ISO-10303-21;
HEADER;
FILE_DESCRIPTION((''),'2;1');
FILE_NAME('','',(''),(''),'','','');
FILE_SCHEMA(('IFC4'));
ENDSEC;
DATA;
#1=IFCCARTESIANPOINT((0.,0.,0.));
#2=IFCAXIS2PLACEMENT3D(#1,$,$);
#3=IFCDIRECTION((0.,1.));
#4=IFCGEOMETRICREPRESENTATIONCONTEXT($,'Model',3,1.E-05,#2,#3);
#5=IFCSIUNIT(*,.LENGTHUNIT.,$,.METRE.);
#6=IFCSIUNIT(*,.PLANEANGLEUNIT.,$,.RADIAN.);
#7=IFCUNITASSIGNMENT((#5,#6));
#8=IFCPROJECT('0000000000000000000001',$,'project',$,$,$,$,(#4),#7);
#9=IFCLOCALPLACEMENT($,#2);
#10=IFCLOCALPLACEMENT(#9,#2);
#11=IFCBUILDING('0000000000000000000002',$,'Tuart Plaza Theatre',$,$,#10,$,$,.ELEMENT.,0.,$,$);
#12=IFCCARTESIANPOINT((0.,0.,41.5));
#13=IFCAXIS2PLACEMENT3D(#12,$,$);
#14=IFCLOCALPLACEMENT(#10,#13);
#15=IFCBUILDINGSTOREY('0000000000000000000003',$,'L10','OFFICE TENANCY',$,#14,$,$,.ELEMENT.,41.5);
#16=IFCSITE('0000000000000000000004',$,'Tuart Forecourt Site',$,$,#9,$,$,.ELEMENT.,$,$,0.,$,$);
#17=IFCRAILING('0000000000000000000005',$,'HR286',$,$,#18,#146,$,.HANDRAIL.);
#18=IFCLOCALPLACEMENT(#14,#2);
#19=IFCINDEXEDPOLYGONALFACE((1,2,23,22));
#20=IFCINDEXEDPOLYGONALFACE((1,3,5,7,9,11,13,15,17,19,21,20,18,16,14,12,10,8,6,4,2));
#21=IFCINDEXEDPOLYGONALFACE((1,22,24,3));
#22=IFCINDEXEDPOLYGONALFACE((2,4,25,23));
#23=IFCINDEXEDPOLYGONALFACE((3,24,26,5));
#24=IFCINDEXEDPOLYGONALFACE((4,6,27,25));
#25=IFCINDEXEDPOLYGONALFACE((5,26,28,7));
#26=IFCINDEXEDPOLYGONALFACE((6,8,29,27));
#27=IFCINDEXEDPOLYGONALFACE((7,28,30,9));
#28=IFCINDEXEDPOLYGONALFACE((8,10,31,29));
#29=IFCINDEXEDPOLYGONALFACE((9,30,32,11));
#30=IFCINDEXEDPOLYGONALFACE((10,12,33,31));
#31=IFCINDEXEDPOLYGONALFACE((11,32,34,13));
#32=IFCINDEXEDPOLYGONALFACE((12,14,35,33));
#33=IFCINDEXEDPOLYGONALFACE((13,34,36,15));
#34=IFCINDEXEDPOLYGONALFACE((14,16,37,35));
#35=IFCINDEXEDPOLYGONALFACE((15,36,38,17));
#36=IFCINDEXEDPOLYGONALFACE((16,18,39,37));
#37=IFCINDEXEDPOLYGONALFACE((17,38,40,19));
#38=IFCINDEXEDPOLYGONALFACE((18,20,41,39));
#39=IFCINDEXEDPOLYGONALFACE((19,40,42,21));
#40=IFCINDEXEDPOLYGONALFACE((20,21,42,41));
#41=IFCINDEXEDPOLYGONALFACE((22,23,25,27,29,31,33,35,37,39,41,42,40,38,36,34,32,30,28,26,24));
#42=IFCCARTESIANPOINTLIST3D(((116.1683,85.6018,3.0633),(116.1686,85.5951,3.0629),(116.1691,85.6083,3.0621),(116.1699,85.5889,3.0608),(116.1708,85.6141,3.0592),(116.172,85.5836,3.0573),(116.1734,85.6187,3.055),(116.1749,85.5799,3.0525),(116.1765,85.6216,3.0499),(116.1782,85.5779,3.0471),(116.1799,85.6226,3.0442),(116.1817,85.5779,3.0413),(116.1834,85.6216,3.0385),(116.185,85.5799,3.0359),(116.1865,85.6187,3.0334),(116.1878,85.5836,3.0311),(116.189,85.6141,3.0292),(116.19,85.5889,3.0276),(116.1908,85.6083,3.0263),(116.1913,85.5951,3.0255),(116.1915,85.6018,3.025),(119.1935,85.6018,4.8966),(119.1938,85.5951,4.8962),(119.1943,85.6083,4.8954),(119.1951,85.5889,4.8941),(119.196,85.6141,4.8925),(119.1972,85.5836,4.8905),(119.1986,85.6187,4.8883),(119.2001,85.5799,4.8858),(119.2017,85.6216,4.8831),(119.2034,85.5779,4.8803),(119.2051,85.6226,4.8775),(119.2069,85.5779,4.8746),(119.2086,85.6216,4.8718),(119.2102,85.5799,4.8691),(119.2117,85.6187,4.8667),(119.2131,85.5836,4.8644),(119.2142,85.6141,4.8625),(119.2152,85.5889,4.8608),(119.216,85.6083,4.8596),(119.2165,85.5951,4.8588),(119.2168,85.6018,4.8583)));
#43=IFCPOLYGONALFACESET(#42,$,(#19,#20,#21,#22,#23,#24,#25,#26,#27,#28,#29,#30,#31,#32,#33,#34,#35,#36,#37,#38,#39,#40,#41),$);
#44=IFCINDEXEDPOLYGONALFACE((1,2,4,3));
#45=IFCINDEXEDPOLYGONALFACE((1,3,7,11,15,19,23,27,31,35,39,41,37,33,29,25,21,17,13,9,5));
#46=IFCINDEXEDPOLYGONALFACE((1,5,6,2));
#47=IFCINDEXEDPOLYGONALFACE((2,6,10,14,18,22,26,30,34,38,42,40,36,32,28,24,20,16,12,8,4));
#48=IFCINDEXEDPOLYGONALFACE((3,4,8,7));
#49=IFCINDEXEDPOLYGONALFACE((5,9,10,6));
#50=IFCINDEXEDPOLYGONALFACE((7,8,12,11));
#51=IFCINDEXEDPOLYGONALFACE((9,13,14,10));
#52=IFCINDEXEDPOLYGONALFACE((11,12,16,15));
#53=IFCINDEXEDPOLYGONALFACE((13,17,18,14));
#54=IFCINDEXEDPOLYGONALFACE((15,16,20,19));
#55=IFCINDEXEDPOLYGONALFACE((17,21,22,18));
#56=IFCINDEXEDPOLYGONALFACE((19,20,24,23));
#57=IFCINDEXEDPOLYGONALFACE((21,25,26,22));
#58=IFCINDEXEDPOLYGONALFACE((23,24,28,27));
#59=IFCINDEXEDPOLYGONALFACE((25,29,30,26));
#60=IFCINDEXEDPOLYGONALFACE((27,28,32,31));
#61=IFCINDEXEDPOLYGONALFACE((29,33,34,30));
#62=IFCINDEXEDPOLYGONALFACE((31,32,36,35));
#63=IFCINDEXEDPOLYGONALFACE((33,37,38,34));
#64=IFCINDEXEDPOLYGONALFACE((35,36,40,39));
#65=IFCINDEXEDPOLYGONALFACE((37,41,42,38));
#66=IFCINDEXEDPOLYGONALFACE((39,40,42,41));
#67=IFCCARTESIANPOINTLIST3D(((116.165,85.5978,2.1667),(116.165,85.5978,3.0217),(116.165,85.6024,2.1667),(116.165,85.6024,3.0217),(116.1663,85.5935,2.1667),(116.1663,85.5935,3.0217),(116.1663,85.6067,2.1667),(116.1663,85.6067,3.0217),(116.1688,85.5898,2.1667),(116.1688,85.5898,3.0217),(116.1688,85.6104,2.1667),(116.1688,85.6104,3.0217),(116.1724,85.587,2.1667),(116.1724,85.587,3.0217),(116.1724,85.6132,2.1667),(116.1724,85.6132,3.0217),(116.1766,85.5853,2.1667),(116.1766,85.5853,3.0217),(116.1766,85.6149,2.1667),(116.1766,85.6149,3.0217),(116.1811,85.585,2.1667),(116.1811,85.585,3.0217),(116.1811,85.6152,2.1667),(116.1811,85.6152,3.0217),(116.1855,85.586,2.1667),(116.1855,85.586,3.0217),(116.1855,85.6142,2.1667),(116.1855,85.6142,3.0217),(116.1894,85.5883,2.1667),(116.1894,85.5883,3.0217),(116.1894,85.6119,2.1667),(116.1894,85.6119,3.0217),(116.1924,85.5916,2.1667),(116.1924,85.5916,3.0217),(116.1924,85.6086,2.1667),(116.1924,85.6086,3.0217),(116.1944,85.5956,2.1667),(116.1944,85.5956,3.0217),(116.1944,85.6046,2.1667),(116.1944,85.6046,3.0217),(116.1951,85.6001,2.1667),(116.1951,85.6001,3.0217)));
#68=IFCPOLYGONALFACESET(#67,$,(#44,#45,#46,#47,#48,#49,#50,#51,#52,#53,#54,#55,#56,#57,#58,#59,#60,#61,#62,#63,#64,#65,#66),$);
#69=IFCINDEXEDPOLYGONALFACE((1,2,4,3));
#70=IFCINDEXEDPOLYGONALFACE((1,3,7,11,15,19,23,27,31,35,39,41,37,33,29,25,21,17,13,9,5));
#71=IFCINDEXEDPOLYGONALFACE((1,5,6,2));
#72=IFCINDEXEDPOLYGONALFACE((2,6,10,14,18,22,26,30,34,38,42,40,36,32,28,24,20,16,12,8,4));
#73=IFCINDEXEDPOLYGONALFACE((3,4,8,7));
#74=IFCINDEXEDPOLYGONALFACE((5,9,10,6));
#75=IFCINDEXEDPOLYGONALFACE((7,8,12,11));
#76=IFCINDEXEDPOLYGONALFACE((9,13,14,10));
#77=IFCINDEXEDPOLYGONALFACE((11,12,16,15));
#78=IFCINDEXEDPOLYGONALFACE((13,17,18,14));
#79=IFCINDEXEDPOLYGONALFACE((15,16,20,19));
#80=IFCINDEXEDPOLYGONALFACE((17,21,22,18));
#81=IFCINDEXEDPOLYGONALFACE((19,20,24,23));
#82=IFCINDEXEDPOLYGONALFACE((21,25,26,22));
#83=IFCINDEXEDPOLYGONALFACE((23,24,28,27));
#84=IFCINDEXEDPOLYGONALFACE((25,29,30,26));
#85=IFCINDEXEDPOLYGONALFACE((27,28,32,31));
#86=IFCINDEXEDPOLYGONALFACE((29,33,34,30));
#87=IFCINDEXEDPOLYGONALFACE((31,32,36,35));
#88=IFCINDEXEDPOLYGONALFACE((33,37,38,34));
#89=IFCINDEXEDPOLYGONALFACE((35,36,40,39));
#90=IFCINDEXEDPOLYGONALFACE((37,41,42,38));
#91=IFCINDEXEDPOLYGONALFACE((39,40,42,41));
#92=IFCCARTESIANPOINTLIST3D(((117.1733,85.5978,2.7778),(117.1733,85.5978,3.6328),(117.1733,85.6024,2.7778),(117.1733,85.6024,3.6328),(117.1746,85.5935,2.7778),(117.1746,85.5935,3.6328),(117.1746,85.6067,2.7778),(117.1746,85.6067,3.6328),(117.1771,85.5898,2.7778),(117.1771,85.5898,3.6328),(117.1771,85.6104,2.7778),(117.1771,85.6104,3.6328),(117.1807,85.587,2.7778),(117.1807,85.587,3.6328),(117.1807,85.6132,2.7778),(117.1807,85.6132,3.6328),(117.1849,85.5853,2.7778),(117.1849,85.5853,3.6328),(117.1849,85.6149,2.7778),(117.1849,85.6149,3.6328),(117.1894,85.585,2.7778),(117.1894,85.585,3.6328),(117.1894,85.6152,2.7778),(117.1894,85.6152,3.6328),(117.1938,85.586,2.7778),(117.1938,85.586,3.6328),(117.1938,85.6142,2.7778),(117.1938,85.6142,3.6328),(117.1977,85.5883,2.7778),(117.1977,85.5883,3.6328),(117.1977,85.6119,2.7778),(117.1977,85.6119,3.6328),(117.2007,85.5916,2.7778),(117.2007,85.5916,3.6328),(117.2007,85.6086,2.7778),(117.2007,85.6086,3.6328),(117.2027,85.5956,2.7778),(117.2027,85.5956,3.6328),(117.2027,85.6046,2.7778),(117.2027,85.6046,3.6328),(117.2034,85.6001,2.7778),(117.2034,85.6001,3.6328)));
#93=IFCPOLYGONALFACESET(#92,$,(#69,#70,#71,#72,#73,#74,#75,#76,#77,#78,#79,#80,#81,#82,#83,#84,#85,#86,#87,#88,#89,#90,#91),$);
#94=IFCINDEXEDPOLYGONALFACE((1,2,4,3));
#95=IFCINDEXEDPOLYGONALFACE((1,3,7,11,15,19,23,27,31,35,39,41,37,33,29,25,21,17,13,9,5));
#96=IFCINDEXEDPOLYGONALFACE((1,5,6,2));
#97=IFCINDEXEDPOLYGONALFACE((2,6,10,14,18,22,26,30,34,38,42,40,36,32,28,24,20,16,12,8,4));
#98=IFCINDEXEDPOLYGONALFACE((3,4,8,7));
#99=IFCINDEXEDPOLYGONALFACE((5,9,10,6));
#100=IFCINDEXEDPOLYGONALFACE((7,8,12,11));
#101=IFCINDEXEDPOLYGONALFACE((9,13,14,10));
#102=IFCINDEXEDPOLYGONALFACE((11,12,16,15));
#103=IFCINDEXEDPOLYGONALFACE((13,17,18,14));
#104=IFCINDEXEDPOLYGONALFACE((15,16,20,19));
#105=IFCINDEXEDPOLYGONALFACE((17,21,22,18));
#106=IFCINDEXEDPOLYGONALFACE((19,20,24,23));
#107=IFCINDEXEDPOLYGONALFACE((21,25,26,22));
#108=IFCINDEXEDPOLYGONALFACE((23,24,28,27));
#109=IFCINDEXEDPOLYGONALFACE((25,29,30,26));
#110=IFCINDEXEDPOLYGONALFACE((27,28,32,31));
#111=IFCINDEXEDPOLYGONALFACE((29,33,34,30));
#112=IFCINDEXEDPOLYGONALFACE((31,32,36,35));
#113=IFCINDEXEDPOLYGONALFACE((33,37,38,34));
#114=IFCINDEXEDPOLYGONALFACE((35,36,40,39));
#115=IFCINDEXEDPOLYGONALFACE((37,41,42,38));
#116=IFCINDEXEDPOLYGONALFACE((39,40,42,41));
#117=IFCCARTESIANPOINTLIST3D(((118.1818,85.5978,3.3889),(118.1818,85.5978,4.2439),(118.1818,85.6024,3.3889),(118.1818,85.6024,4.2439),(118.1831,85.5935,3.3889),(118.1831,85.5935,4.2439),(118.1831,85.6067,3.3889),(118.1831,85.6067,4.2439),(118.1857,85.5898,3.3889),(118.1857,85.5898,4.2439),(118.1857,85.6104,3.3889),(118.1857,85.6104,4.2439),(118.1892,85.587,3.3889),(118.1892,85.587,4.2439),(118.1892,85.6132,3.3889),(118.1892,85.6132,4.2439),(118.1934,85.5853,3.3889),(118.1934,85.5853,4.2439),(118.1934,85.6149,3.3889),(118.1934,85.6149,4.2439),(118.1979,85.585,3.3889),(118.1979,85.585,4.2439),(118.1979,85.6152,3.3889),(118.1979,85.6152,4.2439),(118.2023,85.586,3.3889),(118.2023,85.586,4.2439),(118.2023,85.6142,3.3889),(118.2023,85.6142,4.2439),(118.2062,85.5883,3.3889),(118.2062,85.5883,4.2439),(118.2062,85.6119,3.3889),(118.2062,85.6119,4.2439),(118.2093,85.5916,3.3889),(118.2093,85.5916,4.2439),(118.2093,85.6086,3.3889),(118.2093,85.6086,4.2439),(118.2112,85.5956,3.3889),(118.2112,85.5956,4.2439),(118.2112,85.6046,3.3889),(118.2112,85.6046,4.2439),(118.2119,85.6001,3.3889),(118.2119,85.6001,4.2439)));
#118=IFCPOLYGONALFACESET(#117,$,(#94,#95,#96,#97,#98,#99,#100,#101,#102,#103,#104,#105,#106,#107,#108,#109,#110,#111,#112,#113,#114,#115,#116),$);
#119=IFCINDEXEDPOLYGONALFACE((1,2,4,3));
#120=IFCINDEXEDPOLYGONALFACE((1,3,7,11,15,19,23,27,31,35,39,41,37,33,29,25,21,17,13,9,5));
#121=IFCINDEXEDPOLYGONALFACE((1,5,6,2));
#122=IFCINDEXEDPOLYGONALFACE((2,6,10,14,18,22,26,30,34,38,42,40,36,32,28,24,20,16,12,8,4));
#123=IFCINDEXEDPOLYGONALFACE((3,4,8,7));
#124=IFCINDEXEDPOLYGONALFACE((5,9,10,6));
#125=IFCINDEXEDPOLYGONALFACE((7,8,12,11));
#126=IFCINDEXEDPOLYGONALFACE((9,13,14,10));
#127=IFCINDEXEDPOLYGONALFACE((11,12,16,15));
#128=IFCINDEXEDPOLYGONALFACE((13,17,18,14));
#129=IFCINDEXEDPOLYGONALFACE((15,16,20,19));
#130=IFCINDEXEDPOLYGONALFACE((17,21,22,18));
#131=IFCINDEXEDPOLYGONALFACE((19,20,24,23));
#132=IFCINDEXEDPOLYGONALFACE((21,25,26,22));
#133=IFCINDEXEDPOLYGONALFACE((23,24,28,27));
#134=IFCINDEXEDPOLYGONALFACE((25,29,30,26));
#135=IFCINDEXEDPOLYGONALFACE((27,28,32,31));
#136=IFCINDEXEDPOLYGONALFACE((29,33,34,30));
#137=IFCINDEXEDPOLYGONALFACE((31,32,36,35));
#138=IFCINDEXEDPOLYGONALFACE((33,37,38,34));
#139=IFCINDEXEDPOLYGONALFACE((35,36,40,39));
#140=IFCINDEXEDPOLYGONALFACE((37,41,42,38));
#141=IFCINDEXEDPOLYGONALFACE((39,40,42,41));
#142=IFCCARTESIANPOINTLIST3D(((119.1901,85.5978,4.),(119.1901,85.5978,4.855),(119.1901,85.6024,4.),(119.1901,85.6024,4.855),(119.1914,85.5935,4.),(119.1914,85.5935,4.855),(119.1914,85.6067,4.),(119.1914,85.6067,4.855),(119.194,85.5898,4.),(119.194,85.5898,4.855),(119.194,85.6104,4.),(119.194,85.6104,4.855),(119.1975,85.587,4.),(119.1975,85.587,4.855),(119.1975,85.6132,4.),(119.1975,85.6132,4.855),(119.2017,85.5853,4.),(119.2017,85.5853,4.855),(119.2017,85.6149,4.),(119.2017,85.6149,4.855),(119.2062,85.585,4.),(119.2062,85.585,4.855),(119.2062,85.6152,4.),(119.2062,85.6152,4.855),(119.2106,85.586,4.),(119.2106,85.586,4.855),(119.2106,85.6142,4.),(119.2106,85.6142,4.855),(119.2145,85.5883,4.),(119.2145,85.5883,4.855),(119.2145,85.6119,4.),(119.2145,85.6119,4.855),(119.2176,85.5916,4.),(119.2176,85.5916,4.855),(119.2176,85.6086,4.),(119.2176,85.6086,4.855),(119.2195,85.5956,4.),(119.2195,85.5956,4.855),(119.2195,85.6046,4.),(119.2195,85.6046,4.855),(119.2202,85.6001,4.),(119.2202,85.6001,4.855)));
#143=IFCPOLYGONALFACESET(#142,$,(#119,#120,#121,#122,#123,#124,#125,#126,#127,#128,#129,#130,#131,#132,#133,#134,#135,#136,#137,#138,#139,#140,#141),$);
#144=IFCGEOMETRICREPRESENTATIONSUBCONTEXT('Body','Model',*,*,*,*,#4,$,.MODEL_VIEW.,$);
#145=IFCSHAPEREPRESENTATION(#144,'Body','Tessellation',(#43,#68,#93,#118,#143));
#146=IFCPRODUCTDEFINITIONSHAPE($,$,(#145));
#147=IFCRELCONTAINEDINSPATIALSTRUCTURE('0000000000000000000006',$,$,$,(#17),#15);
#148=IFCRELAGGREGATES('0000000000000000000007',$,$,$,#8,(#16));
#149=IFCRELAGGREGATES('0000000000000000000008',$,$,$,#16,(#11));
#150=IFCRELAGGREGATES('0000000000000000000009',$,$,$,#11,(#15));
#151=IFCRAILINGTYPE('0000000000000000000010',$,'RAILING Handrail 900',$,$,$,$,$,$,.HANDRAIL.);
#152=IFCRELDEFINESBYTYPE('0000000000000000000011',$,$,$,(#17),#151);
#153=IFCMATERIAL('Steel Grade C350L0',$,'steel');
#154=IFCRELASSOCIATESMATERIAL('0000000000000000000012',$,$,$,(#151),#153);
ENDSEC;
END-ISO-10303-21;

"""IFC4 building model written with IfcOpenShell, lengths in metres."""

from ifc_helpers import new_model, si_unit, direction, frame, origin, origin_2d, place, context, subcontext, project, spatial, circle, extrude, material, type_object, element, save


model = new_model("IFC4")

# Units and contexts
model_context = context("Model", 3, precision=1e-05, world=origin(), true_north=direction((0.0, 1.0)))
body_context = subcontext(model_context, "Body", "Model", "MODEL_VIEW")
ifc_project = project(units=[si_unit("LENGTHUNIT", "METRE"), si_unit("PLANEANGLEUNIT", "RADIAN")], contexts=[model_context])

# Site, building, storey
site_placement = place(None, origin())
site = spatial("IfcSite", under=ifc_project, at=site_placement, Name="Tuart Forecourt Site", CompositionType="ELEMENT", RefElevation=0.0)
building_placement = place(site_placement, origin())
building = spatial("IfcBuilding", under=site, at=building_placement, Name="Tuart Plaza Theatre", CompositionType="ELEMENT", ElevationOfRefHeight=0.0)
storey_placement = place(building_placement, frame((0.0, 0.0, 41.5)))
storey = spatial("IfcBuildingStorey", under=building, at=storey_placement, Name="L10", Description="OFFICE TENANCY", CompositionType="ELEMENT", Elevation=41.5)

# Railing
ifc_material_1 = material(Name="Steel Grade C350L0", Category="steel")
railing_type_1 = type_object("IfcRailingType", Name="RAILING Handrail 900", PredefinedType="HANDRAIL", material=ifc_material_1)
for number, where, name in (
    (1, (116.1799, 85.6001, 2.1667), "HR286"),
):
    element("IfcRailing", number, at=place(storey_placement, frame(where)), inside=storey, type_object=railing_type_1, Name=name, PredefinedType="HANDRAIL", context=body_context, shape_type="SweptSolid", body=[
        extrude(circle(Radius=0.0225, at=origin_2d()), frame((0.0, 0.0, 0.8774), z_axis=(0.855219, 0.0, 0.518267), x_axis=(0.0, 1.0, 0.0)), (0.0, 0.0, 1.0), 3.5374),
        extrude(circle(Radius=0.0151, at=origin_2d()), origin(), (0.0, 0.0, 1.0), 0.855),
        extrude(circle(Radius=0.0151, at=origin_2d()), frame((1.0083, 0.0, 0.6111)), (0.0, 0.0, 1.0), 0.855),
        extrude(circle(Radius=0.0151, at=origin_2d()), frame((2.0168, 0.0, 1.2222)), (0.0, 0.0, 1.0), 0.855),
        extrude(circle(Radius=0.0151, at=origin_2d()), frame((3.0251, 0.0, 1.8333)), (0.0, 0.0, 1.0), 0.855),
    ])

save(model, "model.ifc")
